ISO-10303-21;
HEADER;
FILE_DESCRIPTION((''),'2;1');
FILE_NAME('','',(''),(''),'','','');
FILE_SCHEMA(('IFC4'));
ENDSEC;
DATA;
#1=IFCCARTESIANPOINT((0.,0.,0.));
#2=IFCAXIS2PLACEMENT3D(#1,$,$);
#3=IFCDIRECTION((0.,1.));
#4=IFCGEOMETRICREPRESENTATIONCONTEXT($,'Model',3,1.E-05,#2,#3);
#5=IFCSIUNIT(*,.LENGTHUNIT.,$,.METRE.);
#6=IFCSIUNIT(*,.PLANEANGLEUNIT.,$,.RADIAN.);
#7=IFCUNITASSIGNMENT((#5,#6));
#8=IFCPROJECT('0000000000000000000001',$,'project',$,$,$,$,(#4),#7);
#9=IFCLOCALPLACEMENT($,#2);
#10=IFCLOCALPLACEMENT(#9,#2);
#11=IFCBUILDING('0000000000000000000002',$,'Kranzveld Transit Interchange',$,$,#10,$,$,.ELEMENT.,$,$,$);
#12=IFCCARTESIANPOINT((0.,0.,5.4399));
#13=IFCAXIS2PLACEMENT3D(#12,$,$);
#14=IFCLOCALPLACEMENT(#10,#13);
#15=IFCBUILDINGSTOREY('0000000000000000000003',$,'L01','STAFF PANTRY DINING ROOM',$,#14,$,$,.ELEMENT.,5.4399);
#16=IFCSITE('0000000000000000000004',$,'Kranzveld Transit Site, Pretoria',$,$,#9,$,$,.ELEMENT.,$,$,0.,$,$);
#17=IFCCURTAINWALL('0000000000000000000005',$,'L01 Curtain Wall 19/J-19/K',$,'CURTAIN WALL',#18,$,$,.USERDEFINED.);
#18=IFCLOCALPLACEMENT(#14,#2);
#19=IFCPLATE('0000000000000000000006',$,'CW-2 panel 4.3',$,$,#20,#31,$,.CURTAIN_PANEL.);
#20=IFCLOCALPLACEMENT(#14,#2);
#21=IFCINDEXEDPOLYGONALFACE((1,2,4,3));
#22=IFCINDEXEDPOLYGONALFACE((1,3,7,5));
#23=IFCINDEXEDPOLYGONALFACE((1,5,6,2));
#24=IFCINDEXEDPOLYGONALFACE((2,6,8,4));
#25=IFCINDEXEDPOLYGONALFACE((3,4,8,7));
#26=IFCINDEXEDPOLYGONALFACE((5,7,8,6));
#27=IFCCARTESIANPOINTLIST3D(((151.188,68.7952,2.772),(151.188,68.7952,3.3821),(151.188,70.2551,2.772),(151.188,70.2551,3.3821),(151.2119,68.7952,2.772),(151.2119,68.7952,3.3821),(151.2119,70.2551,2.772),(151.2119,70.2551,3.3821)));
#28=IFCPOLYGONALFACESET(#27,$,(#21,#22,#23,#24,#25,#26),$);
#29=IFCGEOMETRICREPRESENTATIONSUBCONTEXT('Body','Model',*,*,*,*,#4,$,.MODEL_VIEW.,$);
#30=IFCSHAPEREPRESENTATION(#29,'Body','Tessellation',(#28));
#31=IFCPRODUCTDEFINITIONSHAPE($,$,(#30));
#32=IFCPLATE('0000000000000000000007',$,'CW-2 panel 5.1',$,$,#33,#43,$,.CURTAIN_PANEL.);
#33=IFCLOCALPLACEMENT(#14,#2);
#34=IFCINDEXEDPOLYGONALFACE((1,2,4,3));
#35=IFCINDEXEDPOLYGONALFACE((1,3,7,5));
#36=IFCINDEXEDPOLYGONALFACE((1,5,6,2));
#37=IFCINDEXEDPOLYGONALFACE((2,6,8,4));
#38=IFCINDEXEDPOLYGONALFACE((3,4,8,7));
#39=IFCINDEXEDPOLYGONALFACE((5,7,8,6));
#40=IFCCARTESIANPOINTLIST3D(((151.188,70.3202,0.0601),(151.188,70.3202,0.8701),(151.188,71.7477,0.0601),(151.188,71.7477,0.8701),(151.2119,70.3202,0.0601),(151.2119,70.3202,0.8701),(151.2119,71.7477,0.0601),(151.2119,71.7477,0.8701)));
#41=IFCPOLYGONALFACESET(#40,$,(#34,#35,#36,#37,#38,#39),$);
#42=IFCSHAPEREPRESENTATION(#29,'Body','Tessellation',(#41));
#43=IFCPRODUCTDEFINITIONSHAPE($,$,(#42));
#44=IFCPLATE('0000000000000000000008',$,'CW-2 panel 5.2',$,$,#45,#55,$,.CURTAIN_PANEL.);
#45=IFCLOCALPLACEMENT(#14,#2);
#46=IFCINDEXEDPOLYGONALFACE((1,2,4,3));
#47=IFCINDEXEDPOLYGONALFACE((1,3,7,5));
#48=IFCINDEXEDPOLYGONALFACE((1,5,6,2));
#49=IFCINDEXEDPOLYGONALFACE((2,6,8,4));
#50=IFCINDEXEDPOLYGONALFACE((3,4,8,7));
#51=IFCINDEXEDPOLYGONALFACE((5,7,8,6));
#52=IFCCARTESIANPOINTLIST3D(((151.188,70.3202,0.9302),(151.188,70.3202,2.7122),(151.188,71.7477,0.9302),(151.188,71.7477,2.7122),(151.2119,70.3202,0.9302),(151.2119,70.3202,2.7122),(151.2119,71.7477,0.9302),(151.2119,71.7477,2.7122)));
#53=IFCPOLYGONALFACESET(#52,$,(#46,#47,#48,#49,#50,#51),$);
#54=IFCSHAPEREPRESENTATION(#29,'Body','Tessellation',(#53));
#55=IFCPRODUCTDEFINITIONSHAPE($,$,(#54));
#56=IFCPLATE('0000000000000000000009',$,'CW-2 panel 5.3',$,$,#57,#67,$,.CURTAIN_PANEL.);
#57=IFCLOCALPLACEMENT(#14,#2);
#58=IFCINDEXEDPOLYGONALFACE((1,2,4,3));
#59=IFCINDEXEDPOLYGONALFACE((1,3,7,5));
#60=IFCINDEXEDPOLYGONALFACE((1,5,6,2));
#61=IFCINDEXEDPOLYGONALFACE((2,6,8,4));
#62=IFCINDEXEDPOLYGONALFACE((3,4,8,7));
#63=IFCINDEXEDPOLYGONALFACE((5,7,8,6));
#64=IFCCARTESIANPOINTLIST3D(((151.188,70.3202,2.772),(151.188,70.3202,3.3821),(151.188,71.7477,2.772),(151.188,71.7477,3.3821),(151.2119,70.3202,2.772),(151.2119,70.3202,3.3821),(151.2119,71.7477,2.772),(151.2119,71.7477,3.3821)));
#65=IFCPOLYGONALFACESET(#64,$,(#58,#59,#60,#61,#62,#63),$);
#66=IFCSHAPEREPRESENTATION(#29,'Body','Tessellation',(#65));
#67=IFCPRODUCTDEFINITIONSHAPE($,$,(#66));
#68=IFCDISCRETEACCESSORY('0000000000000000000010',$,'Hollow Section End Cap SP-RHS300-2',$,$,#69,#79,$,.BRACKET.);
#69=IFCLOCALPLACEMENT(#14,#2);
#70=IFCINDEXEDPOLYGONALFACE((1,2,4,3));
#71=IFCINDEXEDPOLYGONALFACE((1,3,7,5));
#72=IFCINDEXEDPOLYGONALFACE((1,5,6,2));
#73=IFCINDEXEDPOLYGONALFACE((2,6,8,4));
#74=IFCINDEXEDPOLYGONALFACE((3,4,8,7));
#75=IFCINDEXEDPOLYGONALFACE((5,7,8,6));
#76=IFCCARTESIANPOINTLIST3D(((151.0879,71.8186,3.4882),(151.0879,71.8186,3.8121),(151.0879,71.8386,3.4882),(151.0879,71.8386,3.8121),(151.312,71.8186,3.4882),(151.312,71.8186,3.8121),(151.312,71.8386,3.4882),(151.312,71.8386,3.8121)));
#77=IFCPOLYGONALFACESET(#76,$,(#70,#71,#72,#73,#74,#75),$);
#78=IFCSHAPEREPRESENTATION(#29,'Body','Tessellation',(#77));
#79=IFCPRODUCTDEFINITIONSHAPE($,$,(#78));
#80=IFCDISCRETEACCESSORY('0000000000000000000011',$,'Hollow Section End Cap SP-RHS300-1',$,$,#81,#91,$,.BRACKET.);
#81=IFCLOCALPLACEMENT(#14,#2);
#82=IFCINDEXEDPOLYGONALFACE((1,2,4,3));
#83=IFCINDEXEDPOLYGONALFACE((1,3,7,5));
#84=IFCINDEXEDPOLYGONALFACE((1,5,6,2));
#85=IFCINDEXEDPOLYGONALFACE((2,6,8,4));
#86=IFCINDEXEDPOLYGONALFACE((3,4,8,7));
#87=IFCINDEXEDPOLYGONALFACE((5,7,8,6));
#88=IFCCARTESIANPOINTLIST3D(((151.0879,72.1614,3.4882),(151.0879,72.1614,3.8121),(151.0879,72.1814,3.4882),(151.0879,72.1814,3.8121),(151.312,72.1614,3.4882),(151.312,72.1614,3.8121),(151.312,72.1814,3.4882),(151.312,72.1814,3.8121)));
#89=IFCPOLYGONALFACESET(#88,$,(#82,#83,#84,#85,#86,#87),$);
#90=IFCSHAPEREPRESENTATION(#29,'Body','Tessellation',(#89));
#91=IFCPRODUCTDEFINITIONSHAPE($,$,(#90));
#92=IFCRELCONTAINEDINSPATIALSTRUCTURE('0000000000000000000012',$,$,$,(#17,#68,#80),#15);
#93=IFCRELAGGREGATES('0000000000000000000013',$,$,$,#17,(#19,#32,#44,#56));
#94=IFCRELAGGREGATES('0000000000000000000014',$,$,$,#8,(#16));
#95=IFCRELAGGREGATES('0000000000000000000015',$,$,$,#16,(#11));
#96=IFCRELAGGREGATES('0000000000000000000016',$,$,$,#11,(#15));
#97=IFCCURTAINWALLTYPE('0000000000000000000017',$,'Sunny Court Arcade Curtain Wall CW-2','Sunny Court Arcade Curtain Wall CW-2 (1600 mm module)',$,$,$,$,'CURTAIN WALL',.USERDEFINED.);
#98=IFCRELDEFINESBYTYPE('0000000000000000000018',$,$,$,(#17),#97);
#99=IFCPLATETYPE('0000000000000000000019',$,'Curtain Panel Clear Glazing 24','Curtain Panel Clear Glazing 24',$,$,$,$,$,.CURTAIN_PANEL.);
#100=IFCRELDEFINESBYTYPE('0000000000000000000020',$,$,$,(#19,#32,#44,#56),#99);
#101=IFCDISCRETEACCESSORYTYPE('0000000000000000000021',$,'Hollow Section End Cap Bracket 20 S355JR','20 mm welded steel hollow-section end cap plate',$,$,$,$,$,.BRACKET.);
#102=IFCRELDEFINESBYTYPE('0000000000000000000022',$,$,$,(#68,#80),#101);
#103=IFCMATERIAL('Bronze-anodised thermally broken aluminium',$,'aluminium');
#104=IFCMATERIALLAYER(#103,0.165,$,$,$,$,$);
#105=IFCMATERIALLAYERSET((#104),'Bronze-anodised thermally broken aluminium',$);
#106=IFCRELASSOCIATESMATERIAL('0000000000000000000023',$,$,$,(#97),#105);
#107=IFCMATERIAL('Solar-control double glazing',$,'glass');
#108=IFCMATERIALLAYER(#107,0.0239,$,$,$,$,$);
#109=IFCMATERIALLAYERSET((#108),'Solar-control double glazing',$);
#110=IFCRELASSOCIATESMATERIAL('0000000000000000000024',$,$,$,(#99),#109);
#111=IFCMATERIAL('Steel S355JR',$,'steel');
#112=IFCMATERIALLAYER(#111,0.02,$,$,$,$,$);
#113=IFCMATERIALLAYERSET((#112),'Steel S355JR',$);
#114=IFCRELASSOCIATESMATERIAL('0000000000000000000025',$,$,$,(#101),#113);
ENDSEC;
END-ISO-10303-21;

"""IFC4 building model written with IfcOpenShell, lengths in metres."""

from ifc_helpers import new_model, si_unit, direction, frame, origin, origin_2d, place, context, subcontext, project, spatial, rectangle, extrude, material, layer, layer_set, type_object, element, aggregate, save


model = new_model("IFC4")

# Units and contexts
model_context = context("Model", 3, precision=1e-05, world=origin(), true_north=direction((0.0, 1.0)))
body_context = subcontext(model_context, "Body", "Model", "MODEL_VIEW")
ifc_project = project(units=[si_unit("LENGTHUNIT", "METRE"), si_unit("PLANEANGLEUNIT", "RADIAN")], contexts=[model_context])

# Site, building, storey
site_placement = place(None, origin())
site = spatial("IfcSite", under=ifc_project, at=site_placement, Name="Kranzveld Transit Site, Pretoria", CompositionType="ELEMENT", RefElevation=0.0)
building_placement = place(site_placement, origin())
building = spatial("IfcBuilding", under=site, at=building_placement, Name="Kranzveld Transit Interchange", CompositionType="ELEMENT")
storey_placement = place(building_placement, frame((0.0, 0.0, 5.4399)))
storey = spatial("IfcBuildingStorey", under=building, at=storey_placement, Name="L01", Description="STAFF PANTRY DINING ROOM", CompositionType="ELEMENT", Elevation=5.4399)

# Curtain wall
ifc_material_1 = material(Name="Bronze-anodised thermally broken aluminium", Category="aluminium")
ifc_layer_1 = layer(ifc_material_1, 0.165)
ifc_layer_set_1 = layer_set([ifc_layer_1], Name="Bronze-anodised thermally broken aluminium")
curtain_wall_type_1 = type_object("IfcCurtainWallType", Name="Sunny Court Arcade Curtain Wall CW-2", Description="Sunny Court Arcade Curtain Wall CW-2 (1600 mm module)", ElementType="CURTAIN WALL", PredefinedType="USERDEFINED", material=ifc_layer_set_1)
curtain_wall_1_placement = place(storey_placement, origin())
curtain_wall_1 = element("IfcCurtainWall", 1, at=curtain_wall_1_placement, inside=storey, type_object=curtain_wall_type_1, Name="L01 Curtain Wall 19/J-19/K", ObjectType="CURTAIN WALL", PredefinedType="USERDEFINED")

# Plates
ifc_material_2 = material(Name="Solar-control double glazing", Category="glass")
ifc_layer_2 = layer(ifc_material_2, 0.0239)
ifc_layer_set_2 = layer_set([ifc_layer_2], Name="Solar-control double glazing")
plate_type = type_object("IfcPlateType", Name="Curtain Panel Clear Glazing 24", Description="Curtain Panel Clear Glazing 24", PredefinedType="CURTAIN_PANEL", material=ifc_layer_set_2)
plate_1_placement = place(storey_placement, frame((151.2, 69.5251, 2.772), z_axis=(0.0, 0.0, 1.0), x_axis=(0.0, 1.0, 0.0)))
plate_1 = element("IfcPlate", 2, at=plate_1_placement, type_object=plate_type, Name="CW-2 panel 4.3", PredefinedType="CURTAIN_PANEL", context=body_context, shape_type="SweptSolid", body=[
    extrude(rectangle(XDim=1.46, YDim=0.0239, at=origin_2d()), origin(), (0.0, 0.0, 1.0), 0.6101),
])
plate_2_placement = place(storey_placement, frame((151.2, 71.0339, 0.0601), z_axis=(0.0, 0.0, 1.0), x_axis=(0.0, 1.0, 0.0)))
plate_2 = element("IfcPlate", 3, at=plate_2_placement, type_object=plate_type, Name="CW-2 panel 5.1", PredefinedType="CURTAIN_PANEL", context=body_context, shape_type="SweptSolid", body=[
    extrude(rectangle(XDim=1.4275, YDim=0.0239, at=origin_2d()), origin(), (0.0, 0.0, 1.0), 0.8101),
])
plate_3_placement = place(storey_placement, frame((151.2, 71.0339, 0.9302), z_axis=(0.0, 0.0, 1.0), x_axis=(0.0, 1.0, 0.0)))
plate_3 = element("IfcPlate", 4, at=plate_3_placement, type_object=plate_type, Name="CW-2 panel 5.2", PredefinedType="CURTAIN_PANEL", context=body_context, shape_type="SweptSolid", body=[
    extrude(rectangle(XDim=1.4275, YDim=0.0239, at=origin_2d()), origin(), (0.0, 0.0, 1.0), 1.782),
])
plate_4_placement = place(storey_placement, frame((151.2, 71.0339, 2.772), z_axis=(0.0, 0.0, 1.0), x_axis=(0.0, 1.0, 0.0)))
plate_4 = element("IfcPlate", 5, at=plate_4_placement, type_object=plate_type, Name="CW-2 panel 5.3", PredefinedType="CURTAIN_PANEL", context=body_context, shape_type="SweptSolid", body=[
    extrude(rectangle(XDim=1.4275, YDim=0.0239, at=origin_2d()), origin(), (0.0, 0.0, 1.0), 0.6101),
])
aggregate(curtain_wall_1, [plate_1, plate_2, plate_3, plate_4])

# Discrete accessories
ifc_material_3 = material(Name="Steel S355JR", Category="steel")
ifc_layer_3 = layer(ifc_material_3, 0.02)
ifc_layer_set_3 = layer_set([ifc_layer_3], Name="Steel S355JR")
discrete_accessory_type = type_object("IfcDiscreteAccessoryType", Name="Hollow Section End Cap Bracket 20 S355JR", Description="20 mm welded steel hollow-section end cap plate", PredefinedType="BRACKET", material=ifc_layer_set_3)
for number, where, z_axis, x_axis, name in (
    (6, (151.2, 71.8186, 3.6501), (0.0, 1.0, 0.0), (-1.0, 0.0, 0.0), "Hollow Section End Cap SP-RHS300-2"),
    (7, (151.2, 72.1814, 3.6501), (0.0, -1.0, 0.0), (1.0, 0.0, 0.0), "Hollow Section End Cap SP-RHS300-1"),
):
    element("IfcDiscreteAccessory", number, at=place(storey_placement, frame(where, z_axis=z_axis, x_axis=x_axis)), inside=storey, type_object=discrete_accessory_type, Name=name, PredefinedType="BRACKET", context=body_context, shape_type="SweptSolid", body=[
        extrude(rectangle(XDim=0.2241, YDim=0.324, at=origin_2d()), origin(), (0.0, 0.0, 1.0), 0.02),
    ])

save(model, "model.ifc")
